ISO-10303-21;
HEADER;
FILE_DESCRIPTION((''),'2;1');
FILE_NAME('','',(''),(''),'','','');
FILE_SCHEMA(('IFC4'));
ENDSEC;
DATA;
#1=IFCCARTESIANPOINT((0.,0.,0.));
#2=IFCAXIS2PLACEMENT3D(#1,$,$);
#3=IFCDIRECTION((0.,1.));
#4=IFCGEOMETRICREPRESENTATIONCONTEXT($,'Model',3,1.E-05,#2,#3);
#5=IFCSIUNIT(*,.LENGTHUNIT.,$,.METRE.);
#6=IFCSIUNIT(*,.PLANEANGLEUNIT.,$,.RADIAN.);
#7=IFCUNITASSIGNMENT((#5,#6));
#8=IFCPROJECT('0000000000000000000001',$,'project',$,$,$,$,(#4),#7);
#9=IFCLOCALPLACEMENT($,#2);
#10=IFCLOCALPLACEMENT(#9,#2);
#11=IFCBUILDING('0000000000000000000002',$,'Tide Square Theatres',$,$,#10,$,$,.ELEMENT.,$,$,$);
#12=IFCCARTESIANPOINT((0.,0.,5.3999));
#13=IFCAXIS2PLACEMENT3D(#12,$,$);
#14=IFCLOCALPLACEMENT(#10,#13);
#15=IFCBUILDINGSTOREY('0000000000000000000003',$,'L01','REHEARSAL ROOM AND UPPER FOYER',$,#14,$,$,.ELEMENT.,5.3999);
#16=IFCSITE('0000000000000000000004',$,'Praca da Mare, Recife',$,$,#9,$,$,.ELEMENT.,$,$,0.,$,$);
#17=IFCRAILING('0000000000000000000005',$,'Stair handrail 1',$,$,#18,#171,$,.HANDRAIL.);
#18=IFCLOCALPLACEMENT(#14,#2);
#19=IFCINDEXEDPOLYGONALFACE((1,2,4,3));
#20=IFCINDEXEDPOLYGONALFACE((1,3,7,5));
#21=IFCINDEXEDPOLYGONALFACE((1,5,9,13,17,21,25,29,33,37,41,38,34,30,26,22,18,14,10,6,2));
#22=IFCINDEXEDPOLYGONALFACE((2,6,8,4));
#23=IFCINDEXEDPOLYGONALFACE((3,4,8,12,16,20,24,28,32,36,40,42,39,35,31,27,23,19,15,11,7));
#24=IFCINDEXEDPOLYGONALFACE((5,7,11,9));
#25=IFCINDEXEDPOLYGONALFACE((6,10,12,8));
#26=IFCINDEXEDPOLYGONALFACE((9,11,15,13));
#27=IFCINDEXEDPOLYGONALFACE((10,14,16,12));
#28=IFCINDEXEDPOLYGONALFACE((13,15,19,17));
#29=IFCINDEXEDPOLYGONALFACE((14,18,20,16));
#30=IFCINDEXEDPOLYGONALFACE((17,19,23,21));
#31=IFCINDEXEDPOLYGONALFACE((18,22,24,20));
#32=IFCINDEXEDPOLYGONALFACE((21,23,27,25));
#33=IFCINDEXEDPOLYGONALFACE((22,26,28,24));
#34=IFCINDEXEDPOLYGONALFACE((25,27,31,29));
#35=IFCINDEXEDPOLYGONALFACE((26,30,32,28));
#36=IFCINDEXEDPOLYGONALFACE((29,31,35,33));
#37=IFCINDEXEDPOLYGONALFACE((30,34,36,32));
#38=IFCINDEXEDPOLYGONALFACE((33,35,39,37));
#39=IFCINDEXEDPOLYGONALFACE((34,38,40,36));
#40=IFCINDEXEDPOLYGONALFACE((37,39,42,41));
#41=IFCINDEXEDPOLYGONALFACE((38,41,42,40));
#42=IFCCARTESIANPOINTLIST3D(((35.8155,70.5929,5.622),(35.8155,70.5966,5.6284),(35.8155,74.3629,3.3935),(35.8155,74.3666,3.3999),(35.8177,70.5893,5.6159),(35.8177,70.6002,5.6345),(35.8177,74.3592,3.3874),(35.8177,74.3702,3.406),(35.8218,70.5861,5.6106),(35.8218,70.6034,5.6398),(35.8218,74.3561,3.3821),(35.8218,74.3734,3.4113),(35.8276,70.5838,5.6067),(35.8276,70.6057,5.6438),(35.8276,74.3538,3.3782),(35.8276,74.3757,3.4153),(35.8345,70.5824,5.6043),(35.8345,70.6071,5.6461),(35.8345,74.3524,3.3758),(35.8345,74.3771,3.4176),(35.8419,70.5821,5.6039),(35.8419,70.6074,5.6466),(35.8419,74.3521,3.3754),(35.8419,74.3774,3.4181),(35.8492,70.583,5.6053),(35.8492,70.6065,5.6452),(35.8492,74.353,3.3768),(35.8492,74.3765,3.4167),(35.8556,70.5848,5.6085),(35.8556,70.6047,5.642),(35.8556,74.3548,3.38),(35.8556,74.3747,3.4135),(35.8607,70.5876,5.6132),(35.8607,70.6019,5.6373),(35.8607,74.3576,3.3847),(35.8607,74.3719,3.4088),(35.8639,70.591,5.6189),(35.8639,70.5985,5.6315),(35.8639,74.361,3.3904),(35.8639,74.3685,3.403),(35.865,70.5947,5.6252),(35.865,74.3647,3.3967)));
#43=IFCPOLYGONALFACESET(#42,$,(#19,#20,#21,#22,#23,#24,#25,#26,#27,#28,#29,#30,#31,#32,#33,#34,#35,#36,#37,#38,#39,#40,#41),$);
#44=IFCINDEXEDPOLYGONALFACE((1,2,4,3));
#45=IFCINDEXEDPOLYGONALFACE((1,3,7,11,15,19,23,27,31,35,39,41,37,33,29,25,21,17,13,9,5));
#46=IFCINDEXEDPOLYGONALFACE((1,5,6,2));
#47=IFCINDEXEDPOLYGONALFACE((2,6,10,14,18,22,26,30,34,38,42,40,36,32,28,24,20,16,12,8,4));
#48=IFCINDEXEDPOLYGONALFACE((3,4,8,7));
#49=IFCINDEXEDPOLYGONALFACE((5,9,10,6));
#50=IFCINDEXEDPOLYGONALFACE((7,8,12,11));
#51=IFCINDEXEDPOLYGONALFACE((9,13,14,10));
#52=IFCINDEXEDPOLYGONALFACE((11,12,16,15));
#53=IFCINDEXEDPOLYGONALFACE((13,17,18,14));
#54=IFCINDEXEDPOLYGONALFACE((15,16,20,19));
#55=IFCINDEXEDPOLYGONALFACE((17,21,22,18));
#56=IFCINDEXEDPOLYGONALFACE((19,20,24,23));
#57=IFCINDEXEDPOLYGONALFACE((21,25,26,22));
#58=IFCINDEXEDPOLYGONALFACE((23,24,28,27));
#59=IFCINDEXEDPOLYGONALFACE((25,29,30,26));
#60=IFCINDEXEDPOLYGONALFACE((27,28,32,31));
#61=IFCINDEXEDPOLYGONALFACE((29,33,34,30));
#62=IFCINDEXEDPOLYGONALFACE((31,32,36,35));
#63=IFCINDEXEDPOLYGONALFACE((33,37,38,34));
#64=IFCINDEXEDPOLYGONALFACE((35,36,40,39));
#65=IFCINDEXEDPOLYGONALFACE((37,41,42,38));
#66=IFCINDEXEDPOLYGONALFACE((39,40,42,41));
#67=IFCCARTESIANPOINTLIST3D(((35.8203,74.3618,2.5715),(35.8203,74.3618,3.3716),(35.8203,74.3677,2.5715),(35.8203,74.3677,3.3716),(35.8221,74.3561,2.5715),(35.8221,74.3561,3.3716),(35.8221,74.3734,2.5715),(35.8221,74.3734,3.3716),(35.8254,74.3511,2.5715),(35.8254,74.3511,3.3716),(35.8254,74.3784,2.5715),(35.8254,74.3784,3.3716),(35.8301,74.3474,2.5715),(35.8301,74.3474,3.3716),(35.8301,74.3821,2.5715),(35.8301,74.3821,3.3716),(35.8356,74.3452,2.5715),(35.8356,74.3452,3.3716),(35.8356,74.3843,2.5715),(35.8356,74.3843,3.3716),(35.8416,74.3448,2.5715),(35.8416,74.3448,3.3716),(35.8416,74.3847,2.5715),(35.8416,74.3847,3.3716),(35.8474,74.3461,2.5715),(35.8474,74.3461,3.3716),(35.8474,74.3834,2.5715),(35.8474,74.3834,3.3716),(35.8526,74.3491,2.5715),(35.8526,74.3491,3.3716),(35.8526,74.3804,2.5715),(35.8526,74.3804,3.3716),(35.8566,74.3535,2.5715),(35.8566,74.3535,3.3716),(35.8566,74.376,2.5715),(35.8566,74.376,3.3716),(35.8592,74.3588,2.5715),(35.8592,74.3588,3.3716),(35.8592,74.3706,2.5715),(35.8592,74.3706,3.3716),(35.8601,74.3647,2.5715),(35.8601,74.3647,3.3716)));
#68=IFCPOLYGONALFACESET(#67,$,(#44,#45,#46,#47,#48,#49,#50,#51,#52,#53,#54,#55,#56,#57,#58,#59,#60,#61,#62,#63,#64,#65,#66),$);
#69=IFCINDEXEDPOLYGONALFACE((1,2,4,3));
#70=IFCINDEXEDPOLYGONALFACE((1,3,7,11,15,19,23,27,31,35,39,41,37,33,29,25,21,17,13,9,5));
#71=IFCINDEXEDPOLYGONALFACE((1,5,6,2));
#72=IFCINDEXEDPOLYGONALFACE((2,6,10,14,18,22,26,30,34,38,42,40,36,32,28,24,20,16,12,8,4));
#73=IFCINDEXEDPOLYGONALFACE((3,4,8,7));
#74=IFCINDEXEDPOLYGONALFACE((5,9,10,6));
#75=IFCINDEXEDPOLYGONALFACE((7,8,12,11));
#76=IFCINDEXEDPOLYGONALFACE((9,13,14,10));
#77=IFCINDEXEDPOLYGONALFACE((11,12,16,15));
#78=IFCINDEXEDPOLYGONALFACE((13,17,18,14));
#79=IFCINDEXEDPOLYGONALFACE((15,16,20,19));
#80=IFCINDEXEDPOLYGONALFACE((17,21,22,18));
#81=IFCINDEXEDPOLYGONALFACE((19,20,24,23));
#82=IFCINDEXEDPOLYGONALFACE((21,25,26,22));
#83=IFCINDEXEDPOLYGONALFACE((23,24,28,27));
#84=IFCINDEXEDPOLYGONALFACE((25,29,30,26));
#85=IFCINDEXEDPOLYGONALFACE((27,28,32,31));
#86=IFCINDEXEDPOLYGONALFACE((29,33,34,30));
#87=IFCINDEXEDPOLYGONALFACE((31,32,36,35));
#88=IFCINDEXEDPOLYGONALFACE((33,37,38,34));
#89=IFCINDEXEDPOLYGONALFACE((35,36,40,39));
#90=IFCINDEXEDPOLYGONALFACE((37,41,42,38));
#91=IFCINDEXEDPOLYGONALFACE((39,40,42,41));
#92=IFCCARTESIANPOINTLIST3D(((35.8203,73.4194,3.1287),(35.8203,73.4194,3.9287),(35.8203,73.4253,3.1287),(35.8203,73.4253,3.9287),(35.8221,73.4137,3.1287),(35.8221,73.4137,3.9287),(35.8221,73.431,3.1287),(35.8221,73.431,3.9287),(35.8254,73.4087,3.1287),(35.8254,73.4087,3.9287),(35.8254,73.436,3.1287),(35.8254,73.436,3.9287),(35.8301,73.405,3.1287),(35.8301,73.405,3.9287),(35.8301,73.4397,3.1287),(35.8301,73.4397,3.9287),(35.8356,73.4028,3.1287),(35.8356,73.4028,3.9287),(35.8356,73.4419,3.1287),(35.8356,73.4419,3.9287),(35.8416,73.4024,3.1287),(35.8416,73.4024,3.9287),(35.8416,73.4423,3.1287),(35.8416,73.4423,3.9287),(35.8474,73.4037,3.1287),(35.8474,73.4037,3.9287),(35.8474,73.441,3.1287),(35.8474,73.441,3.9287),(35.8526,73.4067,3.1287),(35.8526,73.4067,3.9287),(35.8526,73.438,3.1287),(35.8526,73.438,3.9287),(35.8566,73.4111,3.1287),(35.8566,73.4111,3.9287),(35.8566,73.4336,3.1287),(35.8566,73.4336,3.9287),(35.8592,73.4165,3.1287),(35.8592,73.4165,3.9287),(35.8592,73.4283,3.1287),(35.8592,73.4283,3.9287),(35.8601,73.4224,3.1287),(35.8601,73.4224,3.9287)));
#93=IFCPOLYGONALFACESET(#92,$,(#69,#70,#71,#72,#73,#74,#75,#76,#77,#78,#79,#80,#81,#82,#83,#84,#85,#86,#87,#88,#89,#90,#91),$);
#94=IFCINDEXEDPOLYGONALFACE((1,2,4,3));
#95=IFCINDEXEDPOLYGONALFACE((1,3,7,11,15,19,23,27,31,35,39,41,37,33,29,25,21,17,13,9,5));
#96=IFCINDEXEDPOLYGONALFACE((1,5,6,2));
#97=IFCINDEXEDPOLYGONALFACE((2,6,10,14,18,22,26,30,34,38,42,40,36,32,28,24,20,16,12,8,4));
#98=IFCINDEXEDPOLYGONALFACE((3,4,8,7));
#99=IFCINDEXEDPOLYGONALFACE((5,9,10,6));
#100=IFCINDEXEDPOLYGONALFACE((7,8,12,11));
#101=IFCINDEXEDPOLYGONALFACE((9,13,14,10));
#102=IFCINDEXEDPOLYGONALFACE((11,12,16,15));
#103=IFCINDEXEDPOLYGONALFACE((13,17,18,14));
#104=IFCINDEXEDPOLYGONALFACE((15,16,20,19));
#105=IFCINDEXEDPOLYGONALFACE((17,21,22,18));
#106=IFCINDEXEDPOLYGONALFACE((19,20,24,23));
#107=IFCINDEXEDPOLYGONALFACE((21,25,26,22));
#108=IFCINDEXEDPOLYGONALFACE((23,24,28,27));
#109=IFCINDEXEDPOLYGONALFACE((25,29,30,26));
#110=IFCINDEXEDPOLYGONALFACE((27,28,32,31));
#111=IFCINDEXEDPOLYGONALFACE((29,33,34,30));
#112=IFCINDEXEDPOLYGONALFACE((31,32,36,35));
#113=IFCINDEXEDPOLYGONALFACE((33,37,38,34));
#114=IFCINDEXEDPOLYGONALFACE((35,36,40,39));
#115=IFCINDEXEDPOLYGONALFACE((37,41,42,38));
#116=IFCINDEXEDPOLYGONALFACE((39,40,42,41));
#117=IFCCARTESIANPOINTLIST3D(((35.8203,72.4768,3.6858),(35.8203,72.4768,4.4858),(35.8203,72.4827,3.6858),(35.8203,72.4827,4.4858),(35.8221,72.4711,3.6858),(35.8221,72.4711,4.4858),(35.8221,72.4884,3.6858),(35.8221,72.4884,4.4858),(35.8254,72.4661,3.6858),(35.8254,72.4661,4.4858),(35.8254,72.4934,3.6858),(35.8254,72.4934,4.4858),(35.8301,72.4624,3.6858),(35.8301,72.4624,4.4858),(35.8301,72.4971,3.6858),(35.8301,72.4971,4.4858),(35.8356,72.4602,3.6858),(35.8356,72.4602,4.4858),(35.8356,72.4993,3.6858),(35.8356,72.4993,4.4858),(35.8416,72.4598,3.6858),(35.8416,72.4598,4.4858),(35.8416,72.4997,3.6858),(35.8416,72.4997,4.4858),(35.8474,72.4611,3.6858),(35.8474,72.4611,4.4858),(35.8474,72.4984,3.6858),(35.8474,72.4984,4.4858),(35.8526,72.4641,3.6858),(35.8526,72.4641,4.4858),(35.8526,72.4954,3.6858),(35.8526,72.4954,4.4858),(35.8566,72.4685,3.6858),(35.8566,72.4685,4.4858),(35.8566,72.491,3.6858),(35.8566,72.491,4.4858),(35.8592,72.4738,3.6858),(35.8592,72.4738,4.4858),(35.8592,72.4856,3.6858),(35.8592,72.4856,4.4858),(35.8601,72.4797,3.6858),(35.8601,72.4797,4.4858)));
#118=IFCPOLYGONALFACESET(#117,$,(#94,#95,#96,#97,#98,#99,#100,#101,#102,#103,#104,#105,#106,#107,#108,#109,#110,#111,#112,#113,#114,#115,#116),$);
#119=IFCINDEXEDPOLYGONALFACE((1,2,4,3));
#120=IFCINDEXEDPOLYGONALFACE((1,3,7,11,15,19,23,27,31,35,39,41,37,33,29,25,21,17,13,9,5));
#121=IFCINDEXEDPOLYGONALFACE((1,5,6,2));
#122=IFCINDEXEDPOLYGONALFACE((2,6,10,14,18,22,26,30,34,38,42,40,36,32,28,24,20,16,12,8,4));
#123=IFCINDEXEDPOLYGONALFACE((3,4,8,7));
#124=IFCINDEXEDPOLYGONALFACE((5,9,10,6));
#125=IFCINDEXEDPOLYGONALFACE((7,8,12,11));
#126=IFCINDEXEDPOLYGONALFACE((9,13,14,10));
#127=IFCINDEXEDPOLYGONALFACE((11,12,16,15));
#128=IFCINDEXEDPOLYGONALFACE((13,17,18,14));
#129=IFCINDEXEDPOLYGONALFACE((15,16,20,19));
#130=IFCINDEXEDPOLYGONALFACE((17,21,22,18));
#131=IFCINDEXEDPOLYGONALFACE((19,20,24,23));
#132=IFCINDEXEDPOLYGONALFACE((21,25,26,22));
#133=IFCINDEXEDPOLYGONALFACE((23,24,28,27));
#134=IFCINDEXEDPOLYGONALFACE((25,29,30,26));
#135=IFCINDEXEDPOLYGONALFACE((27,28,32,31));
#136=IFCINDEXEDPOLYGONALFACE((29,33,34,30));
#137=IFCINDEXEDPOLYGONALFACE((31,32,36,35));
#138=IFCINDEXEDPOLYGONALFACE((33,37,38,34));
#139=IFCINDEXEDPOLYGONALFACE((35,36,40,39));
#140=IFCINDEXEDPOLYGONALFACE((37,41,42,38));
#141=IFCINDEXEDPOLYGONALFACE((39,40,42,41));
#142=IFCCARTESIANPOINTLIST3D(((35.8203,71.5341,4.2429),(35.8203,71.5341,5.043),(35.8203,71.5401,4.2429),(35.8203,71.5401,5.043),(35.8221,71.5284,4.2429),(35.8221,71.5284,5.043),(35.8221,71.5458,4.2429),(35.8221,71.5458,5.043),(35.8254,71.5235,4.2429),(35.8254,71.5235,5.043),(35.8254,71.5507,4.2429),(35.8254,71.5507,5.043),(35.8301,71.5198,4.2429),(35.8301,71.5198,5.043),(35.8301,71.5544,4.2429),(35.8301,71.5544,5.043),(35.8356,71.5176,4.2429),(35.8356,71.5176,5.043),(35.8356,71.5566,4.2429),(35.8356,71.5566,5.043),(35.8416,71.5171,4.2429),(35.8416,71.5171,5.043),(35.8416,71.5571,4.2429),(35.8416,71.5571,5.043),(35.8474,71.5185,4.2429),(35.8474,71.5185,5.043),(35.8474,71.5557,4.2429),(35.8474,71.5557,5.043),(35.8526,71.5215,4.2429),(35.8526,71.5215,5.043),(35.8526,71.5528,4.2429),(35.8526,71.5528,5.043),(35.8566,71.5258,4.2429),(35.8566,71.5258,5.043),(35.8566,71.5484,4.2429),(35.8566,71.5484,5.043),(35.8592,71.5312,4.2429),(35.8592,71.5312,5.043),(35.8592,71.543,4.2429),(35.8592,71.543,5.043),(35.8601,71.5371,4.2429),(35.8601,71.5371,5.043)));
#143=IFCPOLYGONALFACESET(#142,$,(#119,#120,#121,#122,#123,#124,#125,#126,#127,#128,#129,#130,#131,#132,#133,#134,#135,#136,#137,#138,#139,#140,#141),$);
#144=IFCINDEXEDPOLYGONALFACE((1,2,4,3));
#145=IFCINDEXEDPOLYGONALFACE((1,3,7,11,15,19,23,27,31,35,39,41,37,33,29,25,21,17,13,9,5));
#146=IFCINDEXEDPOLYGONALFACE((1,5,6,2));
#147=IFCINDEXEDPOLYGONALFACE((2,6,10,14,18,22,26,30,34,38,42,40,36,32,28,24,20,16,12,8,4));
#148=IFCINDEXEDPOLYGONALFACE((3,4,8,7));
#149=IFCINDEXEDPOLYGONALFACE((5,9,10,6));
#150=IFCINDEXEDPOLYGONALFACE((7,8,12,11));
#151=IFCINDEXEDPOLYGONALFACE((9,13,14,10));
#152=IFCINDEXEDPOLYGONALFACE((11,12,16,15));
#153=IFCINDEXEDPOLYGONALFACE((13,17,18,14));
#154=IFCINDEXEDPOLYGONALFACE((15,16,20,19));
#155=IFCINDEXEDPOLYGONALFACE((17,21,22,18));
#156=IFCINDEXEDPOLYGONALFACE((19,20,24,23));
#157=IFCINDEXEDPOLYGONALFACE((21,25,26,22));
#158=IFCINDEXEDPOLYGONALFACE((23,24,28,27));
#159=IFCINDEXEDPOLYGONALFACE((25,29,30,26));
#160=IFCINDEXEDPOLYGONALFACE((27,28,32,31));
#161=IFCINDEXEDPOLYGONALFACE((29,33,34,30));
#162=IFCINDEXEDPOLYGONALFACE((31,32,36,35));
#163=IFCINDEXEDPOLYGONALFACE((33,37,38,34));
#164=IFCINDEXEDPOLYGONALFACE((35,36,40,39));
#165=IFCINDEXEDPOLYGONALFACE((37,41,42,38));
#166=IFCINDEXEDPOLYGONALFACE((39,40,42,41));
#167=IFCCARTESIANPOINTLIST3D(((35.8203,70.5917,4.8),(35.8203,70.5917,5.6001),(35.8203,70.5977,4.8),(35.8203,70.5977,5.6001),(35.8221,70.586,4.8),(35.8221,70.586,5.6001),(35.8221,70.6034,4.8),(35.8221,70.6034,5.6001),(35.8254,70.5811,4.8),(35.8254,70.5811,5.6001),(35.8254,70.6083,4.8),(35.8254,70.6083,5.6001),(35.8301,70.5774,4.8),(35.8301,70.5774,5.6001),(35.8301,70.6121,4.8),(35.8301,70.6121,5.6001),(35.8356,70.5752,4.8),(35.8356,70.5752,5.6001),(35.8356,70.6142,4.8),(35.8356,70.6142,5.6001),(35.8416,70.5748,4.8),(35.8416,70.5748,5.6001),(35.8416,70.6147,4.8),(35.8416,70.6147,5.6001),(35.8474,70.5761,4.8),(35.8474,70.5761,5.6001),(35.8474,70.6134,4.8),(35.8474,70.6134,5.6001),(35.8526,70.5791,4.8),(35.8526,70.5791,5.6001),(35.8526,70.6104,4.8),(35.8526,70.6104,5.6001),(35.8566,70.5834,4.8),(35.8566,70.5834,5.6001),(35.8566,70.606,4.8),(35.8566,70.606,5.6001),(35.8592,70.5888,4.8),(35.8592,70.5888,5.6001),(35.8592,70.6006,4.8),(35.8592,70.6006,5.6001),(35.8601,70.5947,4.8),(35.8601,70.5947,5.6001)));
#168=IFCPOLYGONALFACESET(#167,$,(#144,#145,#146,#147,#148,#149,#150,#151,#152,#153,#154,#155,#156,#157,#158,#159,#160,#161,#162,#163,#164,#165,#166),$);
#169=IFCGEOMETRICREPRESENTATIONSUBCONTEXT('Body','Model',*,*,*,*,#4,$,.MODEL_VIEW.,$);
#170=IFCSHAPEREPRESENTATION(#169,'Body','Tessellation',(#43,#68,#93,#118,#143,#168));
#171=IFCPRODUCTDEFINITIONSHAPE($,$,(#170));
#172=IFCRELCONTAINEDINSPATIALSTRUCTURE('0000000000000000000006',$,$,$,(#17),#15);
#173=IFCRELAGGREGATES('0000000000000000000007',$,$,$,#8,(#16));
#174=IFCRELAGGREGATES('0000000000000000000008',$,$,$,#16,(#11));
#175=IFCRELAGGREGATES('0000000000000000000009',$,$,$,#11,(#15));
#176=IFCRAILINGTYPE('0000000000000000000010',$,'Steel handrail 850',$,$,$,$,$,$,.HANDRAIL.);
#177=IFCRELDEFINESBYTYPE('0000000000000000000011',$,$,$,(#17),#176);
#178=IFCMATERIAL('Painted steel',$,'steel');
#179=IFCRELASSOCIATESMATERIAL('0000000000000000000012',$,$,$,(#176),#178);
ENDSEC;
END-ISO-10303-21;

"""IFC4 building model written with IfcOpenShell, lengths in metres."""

from ifc_helpers import new_model, si_unit, direction, frame, origin, origin_2d, place, context, subcontext, project, spatial, circle, extrude, material, type_object, element, save


model = new_model("IFC4")

# Units and contexts
model_context = context("Model", 3, precision=1e-05, world=origin(), true_north=direction((0.0, 1.0)))
body_context = subcontext(model_context, "Body", "Model", "MODEL_VIEW")
ifc_project = project(units=[si_unit("LENGTHUNIT", "METRE"), si_unit("PLANEANGLEUNIT", "RADIAN")], contexts=[model_context])

# Site, building, storey
site_placement = place(None, origin())
site = spatial("IfcSite", under=ifc_project, at=site_placement, Name="Praca da Mare, Recife", CompositionType="ELEMENT", RefElevation=0.0)
building_placement = place(site_placement, origin())
building = spatial("IfcBuilding", under=site, at=building_placement, Name="Tide Square Theatres", CompositionType="ELEMENT")
storey_placement = place(building_placement, frame((0.0, 0.0, 5.3999)))
storey = spatial("IfcBuildingStorey", under=building, at=storey_placement, Name="L01", Description="REHEARSAL ROOM AND UPPER FOYER", CompositionType="ELEMENT", Elevation=5.3999)

# Railing
ifc_material_1 = material(Name="Painted steel", Category="steel")
railing_type = type_object("IfcRailingType", Name="Steel handrail 850", PredefinedType="HANDRAIL", material=ifc_material_1)
railing_placement = place(storey_placement, frame((35.8401, 74.3647, 2.5715)))
element("IfcRailing", 1, at=railing_placement, inside=storey, type_object=railing_type, Name="Stair handrail 1", PredefinedType="HANDRAIL", context=body_context, shape_type="SweptSolid", body=[
    extrude(circle(Radius=0.0249, at=origin_2d()), frame((0.0, 0.0, 0.8252), z_axis=(0.0, -0.860849, 0.508861), x_axis=(1.0, 0.0, 0.0)), (0.0, 0.0, 1.0), 4.3794),
    extrude(circle(Radius=0.02, at=origin_2d()), origin(), (0.0, 0.0, 1.0), 0.8),
    extrude(circle(Radius=0.02, at=origin_2d()), frame((0.0, -0.9424, 0.5571)), (0.0, 0.0, 1.0), 0.8),
    extrude(circle(Radius=0.02, at=origin_2d()), frame((0.0, -1.885, 1.1143)), (0.0, 0.0, 1.0), 0.8),
    extrude(circle(Radius=0.02, at=origin_2d()), frame((0.0, -2.8276, 1.6714)), (0.0, 0.0, 1.0), 0.8),
    extrude(circle(Radius=0.02, at=origin_2d()), frame((0.0, -3.77, 2.2285)), (0.0, 0.0, 1.0), 0.8),
])

save(model, "model.ifc")
